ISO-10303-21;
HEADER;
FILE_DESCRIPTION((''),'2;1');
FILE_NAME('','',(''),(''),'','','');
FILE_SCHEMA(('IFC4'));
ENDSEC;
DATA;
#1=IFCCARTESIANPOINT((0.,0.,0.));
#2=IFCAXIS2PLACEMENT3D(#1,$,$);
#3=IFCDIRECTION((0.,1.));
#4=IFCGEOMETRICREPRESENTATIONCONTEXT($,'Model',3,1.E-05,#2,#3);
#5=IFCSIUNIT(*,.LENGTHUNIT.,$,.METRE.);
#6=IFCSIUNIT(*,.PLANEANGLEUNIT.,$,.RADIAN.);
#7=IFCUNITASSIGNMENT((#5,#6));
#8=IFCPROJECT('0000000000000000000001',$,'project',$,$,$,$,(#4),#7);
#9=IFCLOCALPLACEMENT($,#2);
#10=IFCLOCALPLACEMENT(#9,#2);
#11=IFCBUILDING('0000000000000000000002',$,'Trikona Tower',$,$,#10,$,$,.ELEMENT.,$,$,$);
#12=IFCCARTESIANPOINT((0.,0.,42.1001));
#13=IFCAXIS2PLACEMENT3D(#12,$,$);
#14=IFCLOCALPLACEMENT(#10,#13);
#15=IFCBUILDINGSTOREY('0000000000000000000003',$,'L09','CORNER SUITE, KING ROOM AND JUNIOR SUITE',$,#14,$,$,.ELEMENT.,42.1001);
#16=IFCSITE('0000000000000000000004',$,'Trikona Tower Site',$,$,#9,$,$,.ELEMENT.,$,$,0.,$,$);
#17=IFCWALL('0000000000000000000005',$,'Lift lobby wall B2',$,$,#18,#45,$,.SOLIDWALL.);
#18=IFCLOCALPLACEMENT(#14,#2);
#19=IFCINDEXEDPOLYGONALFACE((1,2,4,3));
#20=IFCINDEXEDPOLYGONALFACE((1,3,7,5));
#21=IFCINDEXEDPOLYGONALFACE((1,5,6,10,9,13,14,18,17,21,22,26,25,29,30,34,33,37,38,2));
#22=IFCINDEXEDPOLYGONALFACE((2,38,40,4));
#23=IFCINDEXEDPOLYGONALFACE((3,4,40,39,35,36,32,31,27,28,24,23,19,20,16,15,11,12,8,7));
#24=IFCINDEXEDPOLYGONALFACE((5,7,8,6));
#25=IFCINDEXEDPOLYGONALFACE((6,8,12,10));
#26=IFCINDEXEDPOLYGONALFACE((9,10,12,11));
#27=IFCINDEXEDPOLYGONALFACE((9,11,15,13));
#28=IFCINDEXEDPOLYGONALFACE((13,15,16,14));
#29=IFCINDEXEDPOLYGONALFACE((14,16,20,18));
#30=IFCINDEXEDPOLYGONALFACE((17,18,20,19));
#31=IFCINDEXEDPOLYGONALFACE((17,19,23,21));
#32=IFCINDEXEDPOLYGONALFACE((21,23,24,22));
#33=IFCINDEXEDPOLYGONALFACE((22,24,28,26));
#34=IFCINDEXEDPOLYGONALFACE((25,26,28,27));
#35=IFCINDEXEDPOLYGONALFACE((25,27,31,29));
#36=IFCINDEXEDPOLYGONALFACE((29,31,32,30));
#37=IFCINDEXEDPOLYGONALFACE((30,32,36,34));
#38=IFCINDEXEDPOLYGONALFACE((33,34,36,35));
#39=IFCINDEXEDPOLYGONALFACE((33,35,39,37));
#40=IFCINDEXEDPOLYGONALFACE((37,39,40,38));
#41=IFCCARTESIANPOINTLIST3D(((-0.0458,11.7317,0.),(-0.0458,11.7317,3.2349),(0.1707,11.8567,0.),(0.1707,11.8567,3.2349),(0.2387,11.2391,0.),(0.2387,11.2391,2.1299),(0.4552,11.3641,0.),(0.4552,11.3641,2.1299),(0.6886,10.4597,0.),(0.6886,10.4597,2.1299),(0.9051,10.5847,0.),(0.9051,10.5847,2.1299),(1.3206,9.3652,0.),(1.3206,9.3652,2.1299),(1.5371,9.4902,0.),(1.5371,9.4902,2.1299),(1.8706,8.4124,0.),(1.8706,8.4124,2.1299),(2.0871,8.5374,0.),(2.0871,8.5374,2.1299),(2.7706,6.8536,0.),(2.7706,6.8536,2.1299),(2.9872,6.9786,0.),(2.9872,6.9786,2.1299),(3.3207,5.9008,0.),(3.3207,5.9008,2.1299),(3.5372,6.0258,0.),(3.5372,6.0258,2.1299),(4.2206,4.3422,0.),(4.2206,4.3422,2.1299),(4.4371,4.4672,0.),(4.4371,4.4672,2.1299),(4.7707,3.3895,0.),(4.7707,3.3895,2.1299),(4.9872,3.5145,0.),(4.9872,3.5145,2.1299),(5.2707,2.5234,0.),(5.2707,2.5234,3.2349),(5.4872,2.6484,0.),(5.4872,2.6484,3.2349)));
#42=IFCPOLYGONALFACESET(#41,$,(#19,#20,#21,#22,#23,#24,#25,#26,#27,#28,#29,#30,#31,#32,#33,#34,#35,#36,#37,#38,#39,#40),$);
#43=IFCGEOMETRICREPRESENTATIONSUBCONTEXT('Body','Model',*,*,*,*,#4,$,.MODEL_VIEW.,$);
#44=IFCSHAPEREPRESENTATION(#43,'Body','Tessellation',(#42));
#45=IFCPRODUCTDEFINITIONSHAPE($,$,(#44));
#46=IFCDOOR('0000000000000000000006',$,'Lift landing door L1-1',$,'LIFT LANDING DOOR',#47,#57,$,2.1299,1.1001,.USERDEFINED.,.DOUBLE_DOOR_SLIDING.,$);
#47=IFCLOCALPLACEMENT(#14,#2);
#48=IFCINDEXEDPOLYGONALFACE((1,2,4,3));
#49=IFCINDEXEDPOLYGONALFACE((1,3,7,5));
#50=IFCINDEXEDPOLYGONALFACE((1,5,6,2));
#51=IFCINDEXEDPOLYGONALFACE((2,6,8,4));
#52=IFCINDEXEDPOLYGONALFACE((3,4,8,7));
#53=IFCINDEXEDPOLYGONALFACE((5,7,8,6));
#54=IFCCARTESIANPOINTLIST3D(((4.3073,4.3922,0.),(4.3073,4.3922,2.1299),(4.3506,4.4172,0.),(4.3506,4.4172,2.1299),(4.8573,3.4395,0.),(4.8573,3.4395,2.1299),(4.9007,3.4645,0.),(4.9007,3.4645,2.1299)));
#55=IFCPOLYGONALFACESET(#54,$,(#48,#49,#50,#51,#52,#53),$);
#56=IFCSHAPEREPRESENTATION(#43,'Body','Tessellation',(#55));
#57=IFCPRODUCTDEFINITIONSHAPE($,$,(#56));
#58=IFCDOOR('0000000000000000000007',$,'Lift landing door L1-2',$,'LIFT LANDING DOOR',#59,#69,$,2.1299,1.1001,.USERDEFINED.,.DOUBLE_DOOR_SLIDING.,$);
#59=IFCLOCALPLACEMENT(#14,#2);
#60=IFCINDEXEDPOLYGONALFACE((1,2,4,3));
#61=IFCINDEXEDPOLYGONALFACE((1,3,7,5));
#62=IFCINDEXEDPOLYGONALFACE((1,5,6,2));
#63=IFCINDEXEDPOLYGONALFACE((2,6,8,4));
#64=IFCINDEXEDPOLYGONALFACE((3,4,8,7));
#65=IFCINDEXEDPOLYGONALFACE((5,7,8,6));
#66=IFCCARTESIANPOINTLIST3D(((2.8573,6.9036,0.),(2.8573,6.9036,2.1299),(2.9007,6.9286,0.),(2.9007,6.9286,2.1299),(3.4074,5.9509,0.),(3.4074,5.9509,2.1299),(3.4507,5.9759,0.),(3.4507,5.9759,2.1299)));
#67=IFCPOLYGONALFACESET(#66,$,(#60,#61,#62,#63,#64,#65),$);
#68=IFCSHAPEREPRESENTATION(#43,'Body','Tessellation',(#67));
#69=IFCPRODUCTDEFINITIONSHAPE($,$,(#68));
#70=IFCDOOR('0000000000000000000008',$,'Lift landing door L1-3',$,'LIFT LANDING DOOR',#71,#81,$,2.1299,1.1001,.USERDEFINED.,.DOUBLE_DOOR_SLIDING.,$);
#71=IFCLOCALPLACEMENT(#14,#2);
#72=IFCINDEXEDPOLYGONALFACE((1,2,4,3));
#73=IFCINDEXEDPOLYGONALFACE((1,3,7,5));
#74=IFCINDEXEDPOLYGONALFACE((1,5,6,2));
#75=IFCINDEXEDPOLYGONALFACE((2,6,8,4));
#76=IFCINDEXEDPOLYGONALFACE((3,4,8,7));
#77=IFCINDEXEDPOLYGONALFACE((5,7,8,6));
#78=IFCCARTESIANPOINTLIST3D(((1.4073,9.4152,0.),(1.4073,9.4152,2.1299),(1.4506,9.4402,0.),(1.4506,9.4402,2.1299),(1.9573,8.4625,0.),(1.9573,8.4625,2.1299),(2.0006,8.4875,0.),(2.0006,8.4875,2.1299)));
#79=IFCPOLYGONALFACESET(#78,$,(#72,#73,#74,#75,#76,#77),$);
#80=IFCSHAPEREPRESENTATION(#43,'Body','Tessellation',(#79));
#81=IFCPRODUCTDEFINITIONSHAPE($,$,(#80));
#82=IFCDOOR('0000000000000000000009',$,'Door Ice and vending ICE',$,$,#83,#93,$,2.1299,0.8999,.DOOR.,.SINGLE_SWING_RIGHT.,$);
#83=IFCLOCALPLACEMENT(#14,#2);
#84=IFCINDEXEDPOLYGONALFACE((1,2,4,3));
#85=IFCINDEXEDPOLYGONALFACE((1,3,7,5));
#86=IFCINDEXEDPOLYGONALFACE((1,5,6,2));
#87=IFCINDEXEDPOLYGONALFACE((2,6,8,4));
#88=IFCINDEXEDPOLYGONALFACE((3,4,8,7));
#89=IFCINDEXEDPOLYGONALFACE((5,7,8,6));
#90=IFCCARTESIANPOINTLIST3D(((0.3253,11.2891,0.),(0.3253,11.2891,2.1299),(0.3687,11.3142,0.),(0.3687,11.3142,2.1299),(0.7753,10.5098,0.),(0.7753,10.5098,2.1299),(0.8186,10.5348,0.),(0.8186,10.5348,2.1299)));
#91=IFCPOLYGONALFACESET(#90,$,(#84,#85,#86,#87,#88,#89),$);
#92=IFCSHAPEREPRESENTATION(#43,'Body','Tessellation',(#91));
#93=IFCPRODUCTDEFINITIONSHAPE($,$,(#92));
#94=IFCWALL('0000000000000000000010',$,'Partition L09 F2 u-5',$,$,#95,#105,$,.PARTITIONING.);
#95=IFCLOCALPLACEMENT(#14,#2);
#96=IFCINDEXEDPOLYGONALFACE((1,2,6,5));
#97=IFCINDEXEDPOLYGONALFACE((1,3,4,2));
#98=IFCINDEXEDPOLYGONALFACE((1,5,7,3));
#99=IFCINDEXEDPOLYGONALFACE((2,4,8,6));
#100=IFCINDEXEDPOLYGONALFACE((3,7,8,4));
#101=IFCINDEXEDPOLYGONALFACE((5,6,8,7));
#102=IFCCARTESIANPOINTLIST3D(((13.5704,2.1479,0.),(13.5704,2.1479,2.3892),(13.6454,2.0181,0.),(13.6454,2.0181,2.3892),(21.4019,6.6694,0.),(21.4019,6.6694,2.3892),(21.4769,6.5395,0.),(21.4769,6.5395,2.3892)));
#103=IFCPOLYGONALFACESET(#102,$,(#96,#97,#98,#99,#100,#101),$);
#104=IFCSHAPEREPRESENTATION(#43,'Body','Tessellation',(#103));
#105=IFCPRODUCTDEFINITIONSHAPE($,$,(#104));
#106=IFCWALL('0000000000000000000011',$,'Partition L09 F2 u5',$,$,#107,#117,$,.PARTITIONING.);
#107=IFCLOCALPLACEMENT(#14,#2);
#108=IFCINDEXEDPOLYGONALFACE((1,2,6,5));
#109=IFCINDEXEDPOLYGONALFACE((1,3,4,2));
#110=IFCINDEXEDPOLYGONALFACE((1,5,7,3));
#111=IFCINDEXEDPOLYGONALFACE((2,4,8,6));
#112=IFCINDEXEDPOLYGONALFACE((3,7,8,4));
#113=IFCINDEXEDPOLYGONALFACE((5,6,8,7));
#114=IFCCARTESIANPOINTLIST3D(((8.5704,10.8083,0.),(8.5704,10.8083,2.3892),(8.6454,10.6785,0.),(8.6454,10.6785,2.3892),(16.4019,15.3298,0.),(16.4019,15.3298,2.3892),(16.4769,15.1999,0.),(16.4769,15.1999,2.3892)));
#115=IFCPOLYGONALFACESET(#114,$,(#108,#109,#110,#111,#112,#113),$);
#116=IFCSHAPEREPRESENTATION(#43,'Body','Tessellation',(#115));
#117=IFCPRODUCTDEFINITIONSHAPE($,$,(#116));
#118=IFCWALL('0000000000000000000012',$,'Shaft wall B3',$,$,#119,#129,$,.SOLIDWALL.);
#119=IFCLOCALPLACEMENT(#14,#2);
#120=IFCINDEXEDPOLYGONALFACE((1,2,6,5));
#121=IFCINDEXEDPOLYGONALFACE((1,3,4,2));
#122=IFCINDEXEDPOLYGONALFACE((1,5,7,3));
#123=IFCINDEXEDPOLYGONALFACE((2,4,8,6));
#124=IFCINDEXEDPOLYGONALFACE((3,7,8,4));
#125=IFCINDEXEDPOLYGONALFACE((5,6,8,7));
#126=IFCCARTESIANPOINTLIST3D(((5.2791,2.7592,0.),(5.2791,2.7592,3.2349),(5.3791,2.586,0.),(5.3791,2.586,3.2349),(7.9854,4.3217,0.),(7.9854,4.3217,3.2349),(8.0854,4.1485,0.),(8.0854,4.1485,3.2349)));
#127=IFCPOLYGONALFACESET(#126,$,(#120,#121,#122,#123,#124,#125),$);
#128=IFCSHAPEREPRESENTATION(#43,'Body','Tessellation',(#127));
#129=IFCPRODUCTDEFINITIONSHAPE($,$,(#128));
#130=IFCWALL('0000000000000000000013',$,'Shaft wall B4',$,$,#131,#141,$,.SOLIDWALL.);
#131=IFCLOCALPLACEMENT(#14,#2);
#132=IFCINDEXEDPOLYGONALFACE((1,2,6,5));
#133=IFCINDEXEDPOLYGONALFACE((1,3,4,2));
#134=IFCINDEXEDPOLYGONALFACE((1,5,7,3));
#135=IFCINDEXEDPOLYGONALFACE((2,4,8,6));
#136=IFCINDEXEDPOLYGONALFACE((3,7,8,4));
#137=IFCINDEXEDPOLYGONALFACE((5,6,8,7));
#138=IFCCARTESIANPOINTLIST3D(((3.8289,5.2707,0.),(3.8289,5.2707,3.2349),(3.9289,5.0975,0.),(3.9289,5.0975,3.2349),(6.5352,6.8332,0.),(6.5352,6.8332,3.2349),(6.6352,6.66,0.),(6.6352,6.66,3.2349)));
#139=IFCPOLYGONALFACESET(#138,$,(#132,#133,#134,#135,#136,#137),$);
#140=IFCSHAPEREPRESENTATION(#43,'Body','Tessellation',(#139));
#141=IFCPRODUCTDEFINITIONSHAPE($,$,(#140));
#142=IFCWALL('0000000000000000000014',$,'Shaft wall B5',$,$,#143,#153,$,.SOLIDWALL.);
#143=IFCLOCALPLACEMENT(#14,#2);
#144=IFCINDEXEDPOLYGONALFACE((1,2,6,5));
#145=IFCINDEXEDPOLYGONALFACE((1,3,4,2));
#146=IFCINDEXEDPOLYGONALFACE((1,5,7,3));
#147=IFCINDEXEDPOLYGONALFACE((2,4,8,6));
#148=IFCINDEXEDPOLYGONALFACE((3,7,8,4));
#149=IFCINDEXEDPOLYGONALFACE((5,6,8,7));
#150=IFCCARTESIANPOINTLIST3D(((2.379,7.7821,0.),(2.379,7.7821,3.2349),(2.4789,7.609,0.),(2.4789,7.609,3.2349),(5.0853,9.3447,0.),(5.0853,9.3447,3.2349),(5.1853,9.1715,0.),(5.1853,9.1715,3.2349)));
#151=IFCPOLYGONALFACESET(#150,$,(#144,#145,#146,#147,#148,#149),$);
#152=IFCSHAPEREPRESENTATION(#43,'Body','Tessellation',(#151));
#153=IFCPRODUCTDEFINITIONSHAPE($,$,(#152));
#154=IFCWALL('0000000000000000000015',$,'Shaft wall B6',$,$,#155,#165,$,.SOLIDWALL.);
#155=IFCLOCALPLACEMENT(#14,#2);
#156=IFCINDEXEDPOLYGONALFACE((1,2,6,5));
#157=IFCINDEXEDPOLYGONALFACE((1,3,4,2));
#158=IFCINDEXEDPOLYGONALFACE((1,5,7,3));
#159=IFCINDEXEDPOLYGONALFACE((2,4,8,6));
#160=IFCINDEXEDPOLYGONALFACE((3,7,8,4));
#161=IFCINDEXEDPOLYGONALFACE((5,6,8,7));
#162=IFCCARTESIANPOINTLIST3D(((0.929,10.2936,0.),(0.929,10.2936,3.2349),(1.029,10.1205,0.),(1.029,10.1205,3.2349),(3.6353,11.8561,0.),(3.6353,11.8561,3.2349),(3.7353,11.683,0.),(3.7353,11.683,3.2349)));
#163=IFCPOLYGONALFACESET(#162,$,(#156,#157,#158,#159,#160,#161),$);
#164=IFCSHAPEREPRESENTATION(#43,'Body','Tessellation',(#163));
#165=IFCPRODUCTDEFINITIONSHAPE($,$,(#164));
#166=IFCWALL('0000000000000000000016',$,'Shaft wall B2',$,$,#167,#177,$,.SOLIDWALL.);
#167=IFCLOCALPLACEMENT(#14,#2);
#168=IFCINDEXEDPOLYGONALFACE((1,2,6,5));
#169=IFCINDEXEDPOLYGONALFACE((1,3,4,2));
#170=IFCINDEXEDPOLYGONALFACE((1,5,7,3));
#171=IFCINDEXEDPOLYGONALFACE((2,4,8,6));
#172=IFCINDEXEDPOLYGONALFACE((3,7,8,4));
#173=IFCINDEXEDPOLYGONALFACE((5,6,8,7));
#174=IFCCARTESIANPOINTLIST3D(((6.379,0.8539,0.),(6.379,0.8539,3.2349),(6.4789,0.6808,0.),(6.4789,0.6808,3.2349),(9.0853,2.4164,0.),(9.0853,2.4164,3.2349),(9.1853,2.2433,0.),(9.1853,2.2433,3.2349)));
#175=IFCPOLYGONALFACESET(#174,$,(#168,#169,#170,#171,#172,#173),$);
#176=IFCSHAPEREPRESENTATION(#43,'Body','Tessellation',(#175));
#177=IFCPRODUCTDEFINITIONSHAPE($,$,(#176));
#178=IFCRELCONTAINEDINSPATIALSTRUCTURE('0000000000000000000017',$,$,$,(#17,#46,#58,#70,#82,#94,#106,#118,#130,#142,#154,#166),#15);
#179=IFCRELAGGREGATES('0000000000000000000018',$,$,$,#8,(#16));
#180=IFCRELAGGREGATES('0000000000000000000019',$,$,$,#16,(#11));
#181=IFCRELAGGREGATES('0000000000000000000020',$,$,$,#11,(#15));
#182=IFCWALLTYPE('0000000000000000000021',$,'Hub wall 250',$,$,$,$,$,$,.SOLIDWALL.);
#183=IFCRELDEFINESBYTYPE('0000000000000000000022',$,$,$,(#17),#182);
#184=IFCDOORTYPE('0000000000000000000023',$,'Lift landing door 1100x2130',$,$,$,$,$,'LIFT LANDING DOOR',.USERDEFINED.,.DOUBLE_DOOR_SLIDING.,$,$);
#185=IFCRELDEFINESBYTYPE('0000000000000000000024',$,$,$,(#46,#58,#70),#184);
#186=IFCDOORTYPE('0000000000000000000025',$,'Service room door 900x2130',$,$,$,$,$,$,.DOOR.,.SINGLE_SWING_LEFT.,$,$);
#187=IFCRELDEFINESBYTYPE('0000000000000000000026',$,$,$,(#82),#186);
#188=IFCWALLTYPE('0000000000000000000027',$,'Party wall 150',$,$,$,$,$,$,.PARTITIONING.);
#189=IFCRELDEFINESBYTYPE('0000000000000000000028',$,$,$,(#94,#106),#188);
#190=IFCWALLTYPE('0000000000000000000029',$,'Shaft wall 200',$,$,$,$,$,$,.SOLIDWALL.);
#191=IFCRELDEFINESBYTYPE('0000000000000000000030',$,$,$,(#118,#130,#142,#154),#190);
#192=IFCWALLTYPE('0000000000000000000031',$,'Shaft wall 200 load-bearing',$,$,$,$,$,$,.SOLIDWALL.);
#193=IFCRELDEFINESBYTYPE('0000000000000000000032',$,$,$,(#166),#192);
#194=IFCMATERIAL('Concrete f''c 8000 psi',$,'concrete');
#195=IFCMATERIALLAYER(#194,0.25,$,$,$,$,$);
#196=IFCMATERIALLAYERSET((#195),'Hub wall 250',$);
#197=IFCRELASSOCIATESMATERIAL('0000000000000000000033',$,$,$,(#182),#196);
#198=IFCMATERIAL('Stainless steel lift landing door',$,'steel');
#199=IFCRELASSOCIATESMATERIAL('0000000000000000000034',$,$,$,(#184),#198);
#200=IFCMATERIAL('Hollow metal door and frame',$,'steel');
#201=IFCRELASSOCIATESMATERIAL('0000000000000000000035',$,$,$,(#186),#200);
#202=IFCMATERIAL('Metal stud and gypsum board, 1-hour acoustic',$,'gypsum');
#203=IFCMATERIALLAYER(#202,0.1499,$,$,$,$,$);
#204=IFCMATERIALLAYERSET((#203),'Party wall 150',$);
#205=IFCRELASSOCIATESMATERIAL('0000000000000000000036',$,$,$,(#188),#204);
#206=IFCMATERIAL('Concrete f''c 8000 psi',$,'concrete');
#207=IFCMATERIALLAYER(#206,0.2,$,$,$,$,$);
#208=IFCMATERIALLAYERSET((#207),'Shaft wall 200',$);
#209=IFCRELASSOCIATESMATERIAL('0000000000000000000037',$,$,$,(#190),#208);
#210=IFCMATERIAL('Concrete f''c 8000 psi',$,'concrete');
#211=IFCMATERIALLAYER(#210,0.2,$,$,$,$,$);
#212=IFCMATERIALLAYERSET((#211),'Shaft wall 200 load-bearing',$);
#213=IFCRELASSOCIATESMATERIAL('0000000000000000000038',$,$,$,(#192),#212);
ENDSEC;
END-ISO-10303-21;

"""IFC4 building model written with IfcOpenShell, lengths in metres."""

from ifc_helpers import new_model, si_unit, direction, frame, frame_2d, origin, place, context, subcontext, project, spatial, rectangle, extrude, material, layer, layer_set, type_object, element, fill, save


model = new_model("IFC4")

# Units and contexts
model_context = context("Model", 3, precision=1e-05, world=origin(), true_north=direction((0.0, 1.0)))
body_context = subcontext(model_context, "Body", "Model", "MODEL_VIEW")
ifc_project = project(units=[si_unit("LENGTHUNIT", "METRE"), si_unit("PLANEANGLEUNIT", "RADIAN")], contexts=[model_context])

# Site, building, storey
site_placement = place(None, origin())
site = spatial("IfcSite", under=ifc_project, at=site_placement, Name="Trikona Tower Site", CompositionType="ELEMENT", RefElevation=0.0)
building_placement = place(site_placement, origin())
building = spatial("IfcBuilding", under=site, at=building_placement, Name="Trikona Tower", CompositionType="ELEMENT")
storey_placement = place(building_placement, frame((0.0, 0.0, 42.1001)))
storey = spatial("IfcBuildingStorey", under=building, at=storey_placement, Name="L09", Description="CORNER SUITE, KING ROOM AND JUNIOR SUITE", CompositionType="ELEMENT", Elevation=42.1001)

# Wall, openings, doors
ifc_material_1 = material(Name="Concrete f'c 8000 psi", Category="concrete")
ifc_layer_1 = layer(ifc_material_1, 0.25)
ifc_layer_set_1 = layer_set([ifc_layer_1], Name="Hub wall 250")
wall_type_1 = type_object("IfcWallType", Name="Hub wall 250", PredefinedType="SOLIDWALL", material=ifc_layer_set_1)
wall_1_placement = place(storey_placement, frame((5.3789, 2.5859, 0.0), z_axis=(0.0, 0.0, 1.0), x_axis=(-0.500001, 0.866025, 0.0)))
wall_1 = element("IfcWall", 1, at=wall_1_placement, inside=storey, type_object=wall_type_1, Name="Lift lobby wall B2", PredefinedType="SOLIDWALL", context=body_context, shape_type="SweptSolid", body=[
    extrude(rectangle(XDim=10.6328, YDim=0.25, at=frame_2d((5.3164, 0.0))), origin(), (0.0, 0.0, 1.0), 3.2349),
])
opening_1_placement = place(wall_1_placement, frame((9.1641, 0.0, 0.0)))
opening_1 = element("IfcOpeningElement", 2, at=opening_1_placement, cuts=wall_1, PredefinedType="OPENING", context=body_context, shape_type="SweptSolid", body=[
    extrude(rectangle(XDim=0.8999, YDim=2.1299, at=frame_2d((0.45, 1.0649))), frame((0.0, 0.135, 0.0), z_axis=(0.0, -1.0, 0.0), x_axis=(1.0, 0.0, 0.0)), (0.0, 0.0, 1.0), 0.27),
])
opening_2_placement = place(wall_1_placement, frame((1.0, 0.0, 0.0)))
opening_2 = element("IfcOpeningElement", 3, at=opening_2_placement, cuts=wall_1, PredefinedType="OPENING", context=body_context, shape_type="SweptSolid", body=[
    extrude(rectangle(XDim=1.1001, YDim=2.1299, at=frame_2d((0.55, 1.0649))), frame((0.0, 0.135, 0.0), z_axis=(0.0, -1.0, 0.0), x_axis=(1.0, 0.0, 0.0)), (0.0, 0.0, 1.0), 0.27),
])
opening_3_placement = place(wall_1_placement, frame((3.8999, 0.0, 0.0)))
opening_3 = element("IfcOpeningElement", 4, at=opening_3_placement, cuts=wall_1, PredefinedType="OPENING", context=body_context, shape_type="SweptSolid", body=[
    extrude(rectangle(XDim=1.1001, YDim=2.1299, at=frame_2d((0.55, 1.0649))), frame((0.0, 0.135, 0.0), z_axis=(0.0, -1.0, 0.0), x_axis=(1.0, 0.0, 0.0)), (0.0, 0.0, 1.0), 0.27),
])
opening_4_placement = place(wall_1_placement, frame((6.8, 0.0, 0.0)))
opening_4 = element("IfcOpeningElement", 5, at=opening_4_placement, cuts=wall_1, PredefinedType="OPENING", context=body_context, shape_type="SweptSolid", body=[
    extrude(rectangle(XDim=1.1001, YDim=2.1299, at=frame_2d((0.55, 1.0649))), frame((0.0, 0.135, 0.0), z_axis=(0.0, -1.0, 0.0), x_axis=(1.0, 0.0, 0.0)), (0.0, 0.0, 1.0), 0.27),
])
ifc_material_2 = material(Name="Stainless steel lift landing door", Category="steel")
door_type_1 = type_object("IfcDoorType", Name="Lift landing door 1100x2130", ElementType="LIFT LANDING DOOR", OperationType="DOUBLE_DOOR_SLIDING", PredefinedType="USERDEFINED", material=ifc_material_2)
door_1_placement = place(opening_2_placement, origin())
door_1 = element("IfcDoor", 6, at=door_1_placement, inside=storey, type_object=door_type_1, Name="Lift landing door L1-1", ObjectType="LIFT LANDING DOOR", OperationType="DOUBLE_DOOR_SLIDING", OverallHeight=2.1299, OverallWidth=1.1001, PredefinedType="USERDEFINED", context=body_context, shape_type="SweptSolid", body=[
    extrude(rectangle(XDim=1.1001, YDim=2.1299, at=frame_2d((0.55, 1.0649))), frame((0.0, 0.0249, 0.0), z_axis=(0.0, -1.0, 0.0), x_axis=(1.0, 0.0, 0.0)), (0.0, 0.0, 1.0), 0.05),
])
fill(opening_2, door_1)
door_2_placement = place(opening_3_placement, origin())
door_2 = element("IfcDoor", 7, at=door_2_placement, inside=storey, type_object=door_type_1, Name="Lift landing door L1-2", ObjectType="LIFT LANDING DOOR", OperationType="DOUBLE_DOOR_SLIDING", OverallHeight=2.1299, OverallWidth=1.1001, PredefinedType="USERDEFINED", context=body_context, shape_type="SweptSolid", body=[
    extrude(rectangle(XDim=1.1001, YDim=2.1299, at=frame_2d((0.55, 1.0649))), frame((0.0, 0.0249, 0.0), z_axis=(0.0, -1.0, 0.0), x_axis=(1.0, 0.0, 0.0)), (0.0, 0.0, 1.0), 0.05),
])
fill(opening_3, door_2)
door_3_placement = place(opening_4_placement, origin())
door_3 = element("IfcDoor", 8, at=door_3_placement, inside=storey, type_object=door_type_1, Name="Lift landing door L1-3", ObjectType="LIFT LANDING DOOR", OperationType="DOUBLE_DOOR_SLIDING", OverallHeight=2.1299, OverallWidth=1.1001, PredefinedType="USERDEFINED", context=body_context, shape_type="SweptSolid", body=[
    extrude(rectangle(XDim=1.1001, YDim=2.1299, at=frame_2d((0.55, 1.0649))), frame((0.0, 0.0249, 0.0), z_axis=(0.0, -1.0, 0.0), x_axis=(1.0, 0.0, 0.0)), (0.0, 0.0, 1.0), 0.05),
])
fill(opening_4, door_3)
ifc_material_3 = material(Name="Hollow metal door and frame", Category="steel")
door_type_2 = type_object("IfcDoorType", Name="Service room door 900x2130", OperationType="SINGLE_SWING_LEFT", PredefinedType="DOOR", material=ifc_material_3)
door_4_placement = place(opening_1_placement, origin())
door_4 = element("IfcDoor", 9, at=door_4_placement, inside=storey, type_object=door_type_2, Name="Door Ice and vending ICE", OperationType="SINGLE_SWING_RIGHT", OverallHeight=2.1299, OverallWidth=0.8999, PredefinedType="DOOR", context=body_context, shape_type="SweptSolid", body=[
    extrude(rectangle(XDim=0.8999, YDim=2.1299, at=frame_2d((0.45, 1.0649))), frame((0.0, 0.0249, 0.0), z_axis=(0.0, -1.0, 0.0), x_axis=(1.0, 0.0, 0.0)), (0.0, 0.0, 1.0), 0.05),
])
fill(opening_1, door_4)

# Walls
ifc_material_4 = material(Name="Metal stud and gypsum board, 1-hour acoustic", Category="gypsum")
ifc_layer_2 = layer(ifc_material_4, 0.1499)
ifc_layer_set_2 = layer_set([ifc_layer_2], Name="Party wall 150")
wall_type_2 = type_object("IfcWallType", Name="Party wall 150", PredefinedType="PARTITIONING", material=ifc_layer_set_2)
for number, where, z_axis, x_axis, name in (
    (10, (13.6079, 2.083, 0.0), (0.0, 0.0, 1.0), (0.866028, 0.499995, 0.0), "Partition L09 F2 u-5"),
    (11, (8.6079, 10.7434, 0.0), (0.0, 0.0, 1.0), (0.866028, 0.499995, 0.0), "Partition L09 F2 u5"),
):
    element("IfcWall", number, at=place(storey_placement, frame(where, z_axis=z_axis, x_axis=x_axis)), inside=storey, type_object=wall_type_2, Name=name, PredefinedType="PARTITIONING", context=body_context, shape_type="SweptSolid", body=[
        extrude(rectangle(XDim=9.043, YDim=0.1499, at=frame_2d((4.5215, 0.0))), origin(), (0.0, 0.0, 1.0), 2.3892),
    ])
ifc_material_5 = material(Name="Concrete f'c 8000 psi", Category="concrete")
ifc_layer_3 = layer(ifc_material_5, 0.2)
ifc_layer_set_3 = layer_set([ifc_layer_3], Name="Shaft wall 200")
wall_type_3 = type_object("IfcWallType", Name="Shaft wall 200", PredefinedType="SOLIDWALL", material=ifc_layer_set_3)
for number, where, z_axis, x_axis, name in (
    (12, (5.3291, 2.6726, 0.0), (0.0, 0.0, 1.0), (0.866023, 0.500004, 0.0), "Shaft wall B3"),
    (13, (3.8789, 5.1841, 0.0), (0.0, 0.0, 1.0), (0.866023, 0.500004, 0.0), "Shaft wall B4"),
    (14, (2.429, 7.6956, 0.0), (0.0, 0.0, 1.0), (0.866023, 0.500004, 0.0), "Shaft wall B5"),
    (15, (0.979, 10.207, 0.0), (0.0, 0.0, 1.0), (0.866023, 0.500004, 0.0), "Shaft wall B6"),
):
    element("IfcWall", number, at=place(storey_placement, frame(where, z_axis=z_axis, x_axis=x_axis)), inside=storey, type_object=wall_type_3, Name=name, PredefinedType="SOLIDWALL", context=body_context, shape_type="SweptSolid", body=[
        extrude(rectangle(XDim=3.125, YDim=0.2, at=frame_2d((1.5625, 0.0))), origin(), (0.0, 0.0, 1.0), 3.2349),
    ])
ifc_material_6 = material(Name="Concrete f'c 8000 psi", Category="concrete")
ifc_layer_4 = layer(ifc_material_6, 0.2)
ifc_layer_set_4 = layer_set([ifc_layer_4], Name="Shaft wall 200 load-bearing")
wall_type_4 = type_object("IfcWallType", Name="Shaft wall 200 load-bearing", PredefinedType="SOLIDWALL", material=ifc_layer_set_4)
wall_2_placement = place(storey_placement, frame((6.429, 0.7673, 0.0), z_axis=(0.0, 0.0, 1.0), x_axis=(0.866023, 0.500004, 0.0)))
element("IfcWall", 16, at=wall_2_placement, inside=storey, type_object=wall_type_4, Name="Shaft wall B2", PredefinedType="SOLIDWALL", context=body_context, shape_type="SweptSolid", body=[
    extrude(rectangle(XDim=3.125, YDim=0.2, at=frame_2d((1.5625, 0.0))), origin(), (0.0, 0.0, 1.0), 3.2349),
])

save(model, "model.ifc")
